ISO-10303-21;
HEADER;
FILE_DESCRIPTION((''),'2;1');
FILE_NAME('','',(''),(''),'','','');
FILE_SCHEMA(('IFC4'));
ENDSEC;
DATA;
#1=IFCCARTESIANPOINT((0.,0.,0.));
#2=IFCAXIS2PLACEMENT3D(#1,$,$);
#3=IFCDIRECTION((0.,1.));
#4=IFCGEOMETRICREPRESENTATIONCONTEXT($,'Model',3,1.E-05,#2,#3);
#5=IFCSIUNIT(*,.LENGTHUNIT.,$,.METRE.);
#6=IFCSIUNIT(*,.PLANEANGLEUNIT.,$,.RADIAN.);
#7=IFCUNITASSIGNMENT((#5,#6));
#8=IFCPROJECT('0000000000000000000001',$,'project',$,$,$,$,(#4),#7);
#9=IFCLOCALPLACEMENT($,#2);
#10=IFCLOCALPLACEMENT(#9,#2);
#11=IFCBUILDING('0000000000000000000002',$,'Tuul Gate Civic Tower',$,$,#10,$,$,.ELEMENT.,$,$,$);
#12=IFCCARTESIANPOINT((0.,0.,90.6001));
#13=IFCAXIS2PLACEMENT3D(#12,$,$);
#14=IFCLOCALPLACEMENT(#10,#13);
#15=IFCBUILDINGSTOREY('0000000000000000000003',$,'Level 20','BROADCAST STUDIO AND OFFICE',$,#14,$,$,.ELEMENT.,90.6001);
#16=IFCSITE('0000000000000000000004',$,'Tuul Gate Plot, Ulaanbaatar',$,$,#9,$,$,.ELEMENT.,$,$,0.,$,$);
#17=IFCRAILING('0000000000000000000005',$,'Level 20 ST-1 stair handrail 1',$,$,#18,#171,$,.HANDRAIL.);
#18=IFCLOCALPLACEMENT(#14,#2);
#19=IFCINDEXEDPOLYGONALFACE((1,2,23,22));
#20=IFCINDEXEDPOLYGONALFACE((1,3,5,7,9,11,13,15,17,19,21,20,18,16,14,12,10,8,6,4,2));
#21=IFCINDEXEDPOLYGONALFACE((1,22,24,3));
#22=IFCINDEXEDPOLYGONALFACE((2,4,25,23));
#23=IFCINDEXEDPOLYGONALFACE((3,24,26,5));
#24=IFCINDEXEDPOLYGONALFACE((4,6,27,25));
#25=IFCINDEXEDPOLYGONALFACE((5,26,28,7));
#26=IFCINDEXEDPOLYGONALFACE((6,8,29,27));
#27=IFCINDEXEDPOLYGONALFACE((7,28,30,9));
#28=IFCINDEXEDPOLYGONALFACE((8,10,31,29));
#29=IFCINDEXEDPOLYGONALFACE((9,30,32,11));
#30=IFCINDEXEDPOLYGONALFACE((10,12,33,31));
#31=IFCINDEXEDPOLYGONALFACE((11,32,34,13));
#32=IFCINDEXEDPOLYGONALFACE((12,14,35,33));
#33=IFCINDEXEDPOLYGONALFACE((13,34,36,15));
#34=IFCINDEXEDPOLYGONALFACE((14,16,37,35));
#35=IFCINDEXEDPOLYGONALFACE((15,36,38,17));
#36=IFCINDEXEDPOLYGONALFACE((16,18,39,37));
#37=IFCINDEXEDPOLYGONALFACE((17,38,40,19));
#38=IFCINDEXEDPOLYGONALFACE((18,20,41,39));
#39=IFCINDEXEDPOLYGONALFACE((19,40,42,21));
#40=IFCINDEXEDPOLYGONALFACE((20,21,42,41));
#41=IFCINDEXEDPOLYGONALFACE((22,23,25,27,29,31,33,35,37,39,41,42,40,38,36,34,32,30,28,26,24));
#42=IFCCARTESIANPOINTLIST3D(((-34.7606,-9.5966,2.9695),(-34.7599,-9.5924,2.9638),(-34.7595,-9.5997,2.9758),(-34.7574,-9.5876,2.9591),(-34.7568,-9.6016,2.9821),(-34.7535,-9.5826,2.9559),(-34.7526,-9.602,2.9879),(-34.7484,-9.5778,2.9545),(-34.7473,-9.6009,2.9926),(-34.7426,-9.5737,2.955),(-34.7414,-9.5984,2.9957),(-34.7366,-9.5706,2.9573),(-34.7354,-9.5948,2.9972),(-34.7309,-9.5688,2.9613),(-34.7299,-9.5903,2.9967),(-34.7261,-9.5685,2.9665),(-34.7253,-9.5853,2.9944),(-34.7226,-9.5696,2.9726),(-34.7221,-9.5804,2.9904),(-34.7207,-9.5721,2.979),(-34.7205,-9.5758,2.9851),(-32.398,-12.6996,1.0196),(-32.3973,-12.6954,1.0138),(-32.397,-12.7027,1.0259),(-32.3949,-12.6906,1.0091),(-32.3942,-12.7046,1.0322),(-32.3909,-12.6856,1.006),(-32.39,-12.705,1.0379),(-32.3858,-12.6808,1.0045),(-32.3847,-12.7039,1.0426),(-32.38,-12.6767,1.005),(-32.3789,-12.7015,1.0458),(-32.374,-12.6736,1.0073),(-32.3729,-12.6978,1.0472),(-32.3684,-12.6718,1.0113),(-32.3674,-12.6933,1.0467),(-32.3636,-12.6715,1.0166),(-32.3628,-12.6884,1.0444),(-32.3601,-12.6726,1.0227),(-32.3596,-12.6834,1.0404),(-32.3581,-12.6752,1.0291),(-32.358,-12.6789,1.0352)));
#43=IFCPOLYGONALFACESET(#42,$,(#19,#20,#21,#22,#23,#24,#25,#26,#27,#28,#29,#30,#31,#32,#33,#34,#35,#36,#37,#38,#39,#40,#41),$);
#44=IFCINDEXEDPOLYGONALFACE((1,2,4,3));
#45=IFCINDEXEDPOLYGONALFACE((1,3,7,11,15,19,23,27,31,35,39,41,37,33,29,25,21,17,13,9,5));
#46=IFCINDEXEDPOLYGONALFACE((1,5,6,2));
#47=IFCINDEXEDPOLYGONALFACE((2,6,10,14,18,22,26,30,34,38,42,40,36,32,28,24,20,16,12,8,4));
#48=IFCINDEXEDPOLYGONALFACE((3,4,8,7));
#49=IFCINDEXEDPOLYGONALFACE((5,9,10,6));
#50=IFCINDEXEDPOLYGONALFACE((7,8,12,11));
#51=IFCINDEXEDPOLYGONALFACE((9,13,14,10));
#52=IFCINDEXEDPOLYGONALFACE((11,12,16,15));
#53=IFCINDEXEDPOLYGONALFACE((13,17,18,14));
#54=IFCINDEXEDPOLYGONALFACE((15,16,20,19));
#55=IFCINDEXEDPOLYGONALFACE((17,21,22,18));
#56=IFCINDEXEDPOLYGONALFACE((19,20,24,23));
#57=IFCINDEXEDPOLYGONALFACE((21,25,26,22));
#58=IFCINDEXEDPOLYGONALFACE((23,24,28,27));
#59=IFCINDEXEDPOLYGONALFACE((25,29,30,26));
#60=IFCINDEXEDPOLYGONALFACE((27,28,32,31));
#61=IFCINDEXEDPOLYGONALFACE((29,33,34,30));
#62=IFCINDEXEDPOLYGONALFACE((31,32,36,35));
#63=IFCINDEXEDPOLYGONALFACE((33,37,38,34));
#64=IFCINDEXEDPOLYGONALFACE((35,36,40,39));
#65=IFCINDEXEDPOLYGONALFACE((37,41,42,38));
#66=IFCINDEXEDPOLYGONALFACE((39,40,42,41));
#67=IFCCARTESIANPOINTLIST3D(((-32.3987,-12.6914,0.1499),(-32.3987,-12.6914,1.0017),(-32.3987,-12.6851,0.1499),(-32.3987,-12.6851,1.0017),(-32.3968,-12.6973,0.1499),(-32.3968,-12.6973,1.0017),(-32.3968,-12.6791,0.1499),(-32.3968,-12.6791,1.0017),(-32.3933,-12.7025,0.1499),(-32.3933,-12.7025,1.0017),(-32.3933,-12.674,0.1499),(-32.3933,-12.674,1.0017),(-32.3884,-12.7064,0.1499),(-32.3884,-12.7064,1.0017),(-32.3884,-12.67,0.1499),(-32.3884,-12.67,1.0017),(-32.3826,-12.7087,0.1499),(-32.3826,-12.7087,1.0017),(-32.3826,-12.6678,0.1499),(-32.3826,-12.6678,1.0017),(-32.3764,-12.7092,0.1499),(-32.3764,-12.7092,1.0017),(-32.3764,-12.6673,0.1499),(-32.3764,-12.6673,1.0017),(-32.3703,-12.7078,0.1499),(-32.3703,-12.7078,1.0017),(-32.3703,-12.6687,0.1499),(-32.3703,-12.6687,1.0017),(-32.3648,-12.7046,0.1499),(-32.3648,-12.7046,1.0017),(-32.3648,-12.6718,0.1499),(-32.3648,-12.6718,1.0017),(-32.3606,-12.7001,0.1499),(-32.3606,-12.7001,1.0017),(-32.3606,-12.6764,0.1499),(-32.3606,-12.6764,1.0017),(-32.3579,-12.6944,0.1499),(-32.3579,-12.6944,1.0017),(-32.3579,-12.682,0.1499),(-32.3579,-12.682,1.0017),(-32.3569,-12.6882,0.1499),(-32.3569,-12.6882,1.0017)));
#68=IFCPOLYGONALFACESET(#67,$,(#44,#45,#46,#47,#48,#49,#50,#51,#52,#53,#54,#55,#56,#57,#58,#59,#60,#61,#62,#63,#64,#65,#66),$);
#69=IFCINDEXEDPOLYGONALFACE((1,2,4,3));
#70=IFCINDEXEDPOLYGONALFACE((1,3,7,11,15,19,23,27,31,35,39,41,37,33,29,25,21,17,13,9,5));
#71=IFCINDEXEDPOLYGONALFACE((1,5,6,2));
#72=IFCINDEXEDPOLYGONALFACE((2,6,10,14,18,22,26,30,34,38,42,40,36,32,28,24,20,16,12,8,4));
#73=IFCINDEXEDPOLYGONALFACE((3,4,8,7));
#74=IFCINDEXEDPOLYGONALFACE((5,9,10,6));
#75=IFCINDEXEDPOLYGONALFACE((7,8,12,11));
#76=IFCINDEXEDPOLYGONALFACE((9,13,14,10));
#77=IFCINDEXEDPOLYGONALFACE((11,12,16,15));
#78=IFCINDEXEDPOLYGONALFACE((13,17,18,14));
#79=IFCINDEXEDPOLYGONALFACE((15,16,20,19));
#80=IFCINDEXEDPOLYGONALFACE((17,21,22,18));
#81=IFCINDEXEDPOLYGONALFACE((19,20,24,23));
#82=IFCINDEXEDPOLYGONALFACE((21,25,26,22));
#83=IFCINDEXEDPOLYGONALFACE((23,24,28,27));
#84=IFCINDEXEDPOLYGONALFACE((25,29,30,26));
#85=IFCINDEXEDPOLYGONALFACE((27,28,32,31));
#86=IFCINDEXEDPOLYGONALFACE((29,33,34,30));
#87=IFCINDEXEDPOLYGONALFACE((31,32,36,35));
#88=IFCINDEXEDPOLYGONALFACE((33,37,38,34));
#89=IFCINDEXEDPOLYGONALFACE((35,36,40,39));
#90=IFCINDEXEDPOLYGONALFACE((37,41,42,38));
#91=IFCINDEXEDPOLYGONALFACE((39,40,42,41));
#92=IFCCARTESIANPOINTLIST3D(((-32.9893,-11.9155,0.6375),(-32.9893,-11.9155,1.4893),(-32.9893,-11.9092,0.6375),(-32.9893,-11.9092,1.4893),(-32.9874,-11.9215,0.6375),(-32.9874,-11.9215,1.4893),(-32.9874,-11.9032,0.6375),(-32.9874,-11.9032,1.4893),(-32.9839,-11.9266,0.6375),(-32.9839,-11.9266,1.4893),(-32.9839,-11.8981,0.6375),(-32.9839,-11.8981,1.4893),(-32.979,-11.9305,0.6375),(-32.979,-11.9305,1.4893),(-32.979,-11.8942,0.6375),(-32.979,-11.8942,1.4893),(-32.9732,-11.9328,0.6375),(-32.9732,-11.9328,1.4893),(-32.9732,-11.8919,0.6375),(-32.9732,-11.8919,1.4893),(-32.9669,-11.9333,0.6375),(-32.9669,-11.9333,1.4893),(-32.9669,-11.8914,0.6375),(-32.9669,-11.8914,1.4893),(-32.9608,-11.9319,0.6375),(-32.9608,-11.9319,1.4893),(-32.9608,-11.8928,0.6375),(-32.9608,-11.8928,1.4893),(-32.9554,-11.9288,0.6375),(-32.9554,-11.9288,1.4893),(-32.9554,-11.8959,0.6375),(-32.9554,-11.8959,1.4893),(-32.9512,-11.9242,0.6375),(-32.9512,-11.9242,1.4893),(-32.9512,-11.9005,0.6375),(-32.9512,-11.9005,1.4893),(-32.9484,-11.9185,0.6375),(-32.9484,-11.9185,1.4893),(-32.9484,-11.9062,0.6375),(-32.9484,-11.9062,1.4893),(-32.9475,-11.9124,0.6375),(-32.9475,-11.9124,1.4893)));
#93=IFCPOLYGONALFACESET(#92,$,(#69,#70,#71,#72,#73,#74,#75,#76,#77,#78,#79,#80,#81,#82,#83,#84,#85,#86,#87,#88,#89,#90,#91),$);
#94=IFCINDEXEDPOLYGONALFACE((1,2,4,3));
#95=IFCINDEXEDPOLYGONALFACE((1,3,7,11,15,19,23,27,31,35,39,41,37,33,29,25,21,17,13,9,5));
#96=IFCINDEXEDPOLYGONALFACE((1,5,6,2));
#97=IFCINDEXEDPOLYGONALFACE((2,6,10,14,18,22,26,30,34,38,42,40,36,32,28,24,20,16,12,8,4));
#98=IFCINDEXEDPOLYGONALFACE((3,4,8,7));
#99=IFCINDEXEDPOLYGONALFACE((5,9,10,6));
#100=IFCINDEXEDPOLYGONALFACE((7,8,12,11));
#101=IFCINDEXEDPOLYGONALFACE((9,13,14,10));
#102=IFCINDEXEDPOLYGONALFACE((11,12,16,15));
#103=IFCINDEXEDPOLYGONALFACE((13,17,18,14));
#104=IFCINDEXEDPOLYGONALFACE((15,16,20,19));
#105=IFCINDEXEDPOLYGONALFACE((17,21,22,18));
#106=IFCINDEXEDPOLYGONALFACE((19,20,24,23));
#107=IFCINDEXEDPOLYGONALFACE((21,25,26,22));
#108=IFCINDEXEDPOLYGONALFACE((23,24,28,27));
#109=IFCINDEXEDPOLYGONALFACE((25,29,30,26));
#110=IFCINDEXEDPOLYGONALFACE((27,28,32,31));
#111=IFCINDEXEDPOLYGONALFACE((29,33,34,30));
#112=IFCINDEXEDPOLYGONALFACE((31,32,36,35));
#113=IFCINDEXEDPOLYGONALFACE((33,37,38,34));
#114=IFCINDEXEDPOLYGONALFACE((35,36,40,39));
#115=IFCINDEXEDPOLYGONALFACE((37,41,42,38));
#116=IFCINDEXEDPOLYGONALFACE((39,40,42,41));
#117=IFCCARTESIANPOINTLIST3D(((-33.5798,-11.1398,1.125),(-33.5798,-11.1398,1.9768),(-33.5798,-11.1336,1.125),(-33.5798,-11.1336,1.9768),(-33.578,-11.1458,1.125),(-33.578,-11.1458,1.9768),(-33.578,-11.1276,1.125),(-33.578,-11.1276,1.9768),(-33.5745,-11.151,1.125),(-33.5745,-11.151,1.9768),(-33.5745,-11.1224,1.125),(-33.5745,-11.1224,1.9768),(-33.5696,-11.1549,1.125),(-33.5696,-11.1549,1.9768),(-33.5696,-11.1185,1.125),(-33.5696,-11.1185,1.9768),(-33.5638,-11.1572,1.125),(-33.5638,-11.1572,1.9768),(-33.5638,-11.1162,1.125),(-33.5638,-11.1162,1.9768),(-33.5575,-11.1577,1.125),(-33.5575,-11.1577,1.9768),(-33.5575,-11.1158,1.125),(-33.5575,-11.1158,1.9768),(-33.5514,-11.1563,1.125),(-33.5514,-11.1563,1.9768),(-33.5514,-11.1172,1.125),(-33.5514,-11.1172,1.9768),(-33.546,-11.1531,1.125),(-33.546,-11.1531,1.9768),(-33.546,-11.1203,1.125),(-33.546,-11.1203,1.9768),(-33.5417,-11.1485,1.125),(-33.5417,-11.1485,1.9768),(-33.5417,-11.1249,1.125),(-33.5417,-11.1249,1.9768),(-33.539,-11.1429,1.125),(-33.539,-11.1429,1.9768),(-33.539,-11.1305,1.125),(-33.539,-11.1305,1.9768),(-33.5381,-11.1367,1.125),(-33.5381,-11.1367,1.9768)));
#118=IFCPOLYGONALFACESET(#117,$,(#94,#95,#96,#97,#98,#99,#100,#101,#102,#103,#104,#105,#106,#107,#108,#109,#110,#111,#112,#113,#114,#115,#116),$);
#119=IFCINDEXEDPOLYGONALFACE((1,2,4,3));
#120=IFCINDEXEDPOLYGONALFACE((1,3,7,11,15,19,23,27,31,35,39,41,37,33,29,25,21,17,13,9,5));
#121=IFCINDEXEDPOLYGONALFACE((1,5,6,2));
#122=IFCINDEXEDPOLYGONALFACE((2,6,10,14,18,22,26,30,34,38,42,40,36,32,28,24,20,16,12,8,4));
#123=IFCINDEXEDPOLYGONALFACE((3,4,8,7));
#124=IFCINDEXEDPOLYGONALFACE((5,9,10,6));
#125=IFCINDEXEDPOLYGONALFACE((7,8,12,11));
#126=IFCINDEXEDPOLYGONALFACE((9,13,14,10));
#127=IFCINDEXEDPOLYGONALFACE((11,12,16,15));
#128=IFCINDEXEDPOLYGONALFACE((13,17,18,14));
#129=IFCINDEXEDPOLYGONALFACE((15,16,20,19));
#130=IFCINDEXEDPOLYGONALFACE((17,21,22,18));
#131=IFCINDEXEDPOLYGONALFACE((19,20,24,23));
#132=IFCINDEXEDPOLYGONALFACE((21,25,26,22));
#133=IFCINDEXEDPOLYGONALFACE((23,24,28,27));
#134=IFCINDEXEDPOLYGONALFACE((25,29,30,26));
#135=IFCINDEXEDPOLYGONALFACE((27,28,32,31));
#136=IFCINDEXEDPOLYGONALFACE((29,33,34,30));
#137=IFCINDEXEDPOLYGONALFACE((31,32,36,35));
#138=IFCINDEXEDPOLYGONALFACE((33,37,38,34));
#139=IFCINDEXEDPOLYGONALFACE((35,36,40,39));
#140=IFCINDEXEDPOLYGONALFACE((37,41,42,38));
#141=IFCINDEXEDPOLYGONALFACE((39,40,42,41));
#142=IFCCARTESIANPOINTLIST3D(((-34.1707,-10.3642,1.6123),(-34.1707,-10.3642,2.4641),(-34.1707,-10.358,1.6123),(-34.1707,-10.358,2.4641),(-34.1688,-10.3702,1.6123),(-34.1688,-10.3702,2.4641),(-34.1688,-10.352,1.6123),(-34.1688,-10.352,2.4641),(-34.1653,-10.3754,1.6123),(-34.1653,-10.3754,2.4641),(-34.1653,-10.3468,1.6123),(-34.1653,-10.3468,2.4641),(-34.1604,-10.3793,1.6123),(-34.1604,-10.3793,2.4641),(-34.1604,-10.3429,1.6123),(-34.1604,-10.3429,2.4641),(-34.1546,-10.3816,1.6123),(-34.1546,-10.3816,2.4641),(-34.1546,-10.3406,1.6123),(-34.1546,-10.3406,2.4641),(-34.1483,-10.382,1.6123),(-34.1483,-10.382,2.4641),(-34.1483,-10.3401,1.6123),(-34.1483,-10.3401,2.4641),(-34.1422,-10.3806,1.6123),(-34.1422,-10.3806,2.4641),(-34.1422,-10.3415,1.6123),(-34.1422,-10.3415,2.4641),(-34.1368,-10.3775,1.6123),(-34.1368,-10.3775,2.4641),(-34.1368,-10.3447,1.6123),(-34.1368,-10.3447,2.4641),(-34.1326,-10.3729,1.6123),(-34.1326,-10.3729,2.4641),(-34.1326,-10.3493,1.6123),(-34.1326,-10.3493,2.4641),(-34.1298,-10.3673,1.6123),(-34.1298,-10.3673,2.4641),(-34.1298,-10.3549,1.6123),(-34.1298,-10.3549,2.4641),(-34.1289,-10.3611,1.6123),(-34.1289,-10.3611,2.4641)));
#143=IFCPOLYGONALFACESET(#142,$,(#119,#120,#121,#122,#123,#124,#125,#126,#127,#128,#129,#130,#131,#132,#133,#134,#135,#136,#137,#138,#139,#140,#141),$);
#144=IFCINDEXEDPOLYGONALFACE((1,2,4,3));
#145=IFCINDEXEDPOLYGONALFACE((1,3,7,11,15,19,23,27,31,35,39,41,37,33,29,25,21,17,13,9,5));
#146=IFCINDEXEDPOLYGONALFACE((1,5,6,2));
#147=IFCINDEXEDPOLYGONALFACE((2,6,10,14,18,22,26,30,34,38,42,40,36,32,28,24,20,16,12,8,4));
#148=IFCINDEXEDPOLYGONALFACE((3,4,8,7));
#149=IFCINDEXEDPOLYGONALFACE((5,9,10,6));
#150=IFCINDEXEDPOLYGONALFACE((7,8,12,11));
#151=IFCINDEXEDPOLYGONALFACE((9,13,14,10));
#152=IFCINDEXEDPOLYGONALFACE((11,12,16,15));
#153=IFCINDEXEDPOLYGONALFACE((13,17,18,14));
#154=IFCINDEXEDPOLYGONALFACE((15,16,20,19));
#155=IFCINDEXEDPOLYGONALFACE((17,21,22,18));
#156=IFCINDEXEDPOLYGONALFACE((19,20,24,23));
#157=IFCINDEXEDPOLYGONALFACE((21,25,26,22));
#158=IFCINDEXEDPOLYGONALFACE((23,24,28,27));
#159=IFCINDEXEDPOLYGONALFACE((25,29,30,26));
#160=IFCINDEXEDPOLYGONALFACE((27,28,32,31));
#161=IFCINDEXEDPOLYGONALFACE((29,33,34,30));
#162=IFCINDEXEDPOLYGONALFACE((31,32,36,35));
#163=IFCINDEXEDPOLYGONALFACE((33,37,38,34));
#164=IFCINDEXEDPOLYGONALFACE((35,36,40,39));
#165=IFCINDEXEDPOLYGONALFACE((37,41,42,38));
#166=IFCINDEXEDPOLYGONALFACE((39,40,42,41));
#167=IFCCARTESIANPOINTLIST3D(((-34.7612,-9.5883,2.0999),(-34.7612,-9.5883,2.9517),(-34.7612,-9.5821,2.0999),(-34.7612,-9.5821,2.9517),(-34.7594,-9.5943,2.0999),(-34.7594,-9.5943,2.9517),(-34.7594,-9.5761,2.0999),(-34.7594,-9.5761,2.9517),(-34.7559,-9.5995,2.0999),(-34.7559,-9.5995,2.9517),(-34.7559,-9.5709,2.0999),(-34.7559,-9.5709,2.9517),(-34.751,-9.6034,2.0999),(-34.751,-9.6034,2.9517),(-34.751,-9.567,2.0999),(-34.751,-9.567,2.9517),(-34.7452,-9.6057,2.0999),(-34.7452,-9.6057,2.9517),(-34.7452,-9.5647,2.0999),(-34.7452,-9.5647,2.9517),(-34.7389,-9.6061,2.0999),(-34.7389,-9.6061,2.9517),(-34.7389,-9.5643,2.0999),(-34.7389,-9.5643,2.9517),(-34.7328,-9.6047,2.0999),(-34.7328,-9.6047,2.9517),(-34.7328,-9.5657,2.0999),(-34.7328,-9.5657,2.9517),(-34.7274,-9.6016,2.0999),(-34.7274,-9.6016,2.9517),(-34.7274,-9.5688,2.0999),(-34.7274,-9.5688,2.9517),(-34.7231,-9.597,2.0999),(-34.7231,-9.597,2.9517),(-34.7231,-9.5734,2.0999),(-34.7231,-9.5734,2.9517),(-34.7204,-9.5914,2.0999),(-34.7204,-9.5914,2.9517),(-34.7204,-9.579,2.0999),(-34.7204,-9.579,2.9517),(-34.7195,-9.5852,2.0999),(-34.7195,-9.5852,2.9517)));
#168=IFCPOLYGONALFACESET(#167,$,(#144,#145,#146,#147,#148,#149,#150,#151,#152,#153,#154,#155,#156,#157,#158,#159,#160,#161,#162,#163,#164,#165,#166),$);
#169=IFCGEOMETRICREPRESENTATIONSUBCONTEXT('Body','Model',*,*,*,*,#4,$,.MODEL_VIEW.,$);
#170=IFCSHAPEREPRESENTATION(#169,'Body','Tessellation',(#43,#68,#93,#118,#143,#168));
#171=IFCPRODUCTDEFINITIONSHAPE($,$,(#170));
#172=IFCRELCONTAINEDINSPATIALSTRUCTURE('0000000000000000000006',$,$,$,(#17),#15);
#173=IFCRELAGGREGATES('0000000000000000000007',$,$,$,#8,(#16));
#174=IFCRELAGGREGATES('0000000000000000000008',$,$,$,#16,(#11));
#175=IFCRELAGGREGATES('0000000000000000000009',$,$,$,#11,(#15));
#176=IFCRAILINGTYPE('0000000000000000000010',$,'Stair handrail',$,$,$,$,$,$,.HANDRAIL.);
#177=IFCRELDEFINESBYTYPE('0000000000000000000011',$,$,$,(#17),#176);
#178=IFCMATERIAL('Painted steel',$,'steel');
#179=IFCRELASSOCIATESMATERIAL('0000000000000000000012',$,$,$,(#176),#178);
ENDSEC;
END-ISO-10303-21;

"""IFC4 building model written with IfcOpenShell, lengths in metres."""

from ifc_helpers import new_model, si_unit, direction, frame, origin, origin_2d, place, context, subcontext, project, spatial, circle, extrude, material, type_object, element, save


model = new_model("IFC4")

# Units and contexts
model_context = context("Model", 3, precision=1e-05, world=origin(), true_north=direction((0.0, 1.0)))
body_context = subcontext(model_context, "Body", "Model", "MODEL_VIEW")
ifc_project = project(units=[si_unit("LENGTHUNIT", "METRE"), si_unit("PLANEANGLEUNIT", "RADIAN")], contexts=[model_context])

# Site, building, storey
site_placement = place(None, origin())
site = spatial("IfcSite", under=ifc_project, at=site_placement, Name="Tuul Gate Plot, Ulaanbaatar", CompositionType="ELEMENT", RefElevation=0.0)
building_placement = place(site_placement, origin())
building = spatial("IfcBuilding", under=site, at=building_placement, Name="Tuul Gate Civic Tower", CompositionType="ELEMENT")
storey_placement = place(building_placement, frame((0.0, 0.0, 90.6001)))
storey = spatial("IfcBuildingStorey", under=building, at=storey_placement, Name="Level 20", Description="BROADCAST STUDIO AND OFFICE", CompositionType="ELEMENT", Elevation=90.6001)

# Railing
ifc_material_1 = material(Name="Painted steel", Category="steel")
railing_type_1 = type_object("IfcRailingType", Name="Stair handrail", PredefinedType="HANDRAIL", material=ifc_material_1)
railing_1_placement = place(storey_placement, frame((-32.3779, -12.6882, 0.1499)))
element("IfcRailing", 1, at=railing_1_placement, inside=storey, type_object=railing_type_1, Name="Level 20 ST-1 stair handrail 1", PredefinedType="HANDRAIL", context=body_context, shape_type="SweptSolid", body=[
    extrude(circle(Radius=0.0239, at=origin_2d()), frame((0.0, 0.0, 0.876), z_axis=(-0.541824, 0.711645, 0.4472), x_axis=(-0.795637, -0.605773, 0.0)), (0.0, 0.0, 1.0), 4.3604),
    extrude(circle(Radius=0.021, at=origin_2d()), origin(), (0.0, 0.0, 1.0), 0.8518),
    extrude(circle(Radius=0.021, at=origin_2d()), frame((-0.5906, 0.7759, 0.4875)), (0.0, 0.0, 1.0), 0.8518),
    extrude(circle(Radius=0.021, at=origin_2d()), frame((-1.1812, 1.5515, 0.9751)), (0.0, 0.0, 1.0), 0.8518),
    extrude(circle(Radius=0.021, at=origin_2d()), frame((-1.772, 2.3271, 1.4624)), (0.0, 0.0, 1.0), 0.8518),
    extrude(circle(Radius=0.021, at=origin_2d()), frame((-2.3625, 3.103, 1.95)), (0.0, 0.0, 1.0), 0.8518),
])

save(model, "model.ifc")
